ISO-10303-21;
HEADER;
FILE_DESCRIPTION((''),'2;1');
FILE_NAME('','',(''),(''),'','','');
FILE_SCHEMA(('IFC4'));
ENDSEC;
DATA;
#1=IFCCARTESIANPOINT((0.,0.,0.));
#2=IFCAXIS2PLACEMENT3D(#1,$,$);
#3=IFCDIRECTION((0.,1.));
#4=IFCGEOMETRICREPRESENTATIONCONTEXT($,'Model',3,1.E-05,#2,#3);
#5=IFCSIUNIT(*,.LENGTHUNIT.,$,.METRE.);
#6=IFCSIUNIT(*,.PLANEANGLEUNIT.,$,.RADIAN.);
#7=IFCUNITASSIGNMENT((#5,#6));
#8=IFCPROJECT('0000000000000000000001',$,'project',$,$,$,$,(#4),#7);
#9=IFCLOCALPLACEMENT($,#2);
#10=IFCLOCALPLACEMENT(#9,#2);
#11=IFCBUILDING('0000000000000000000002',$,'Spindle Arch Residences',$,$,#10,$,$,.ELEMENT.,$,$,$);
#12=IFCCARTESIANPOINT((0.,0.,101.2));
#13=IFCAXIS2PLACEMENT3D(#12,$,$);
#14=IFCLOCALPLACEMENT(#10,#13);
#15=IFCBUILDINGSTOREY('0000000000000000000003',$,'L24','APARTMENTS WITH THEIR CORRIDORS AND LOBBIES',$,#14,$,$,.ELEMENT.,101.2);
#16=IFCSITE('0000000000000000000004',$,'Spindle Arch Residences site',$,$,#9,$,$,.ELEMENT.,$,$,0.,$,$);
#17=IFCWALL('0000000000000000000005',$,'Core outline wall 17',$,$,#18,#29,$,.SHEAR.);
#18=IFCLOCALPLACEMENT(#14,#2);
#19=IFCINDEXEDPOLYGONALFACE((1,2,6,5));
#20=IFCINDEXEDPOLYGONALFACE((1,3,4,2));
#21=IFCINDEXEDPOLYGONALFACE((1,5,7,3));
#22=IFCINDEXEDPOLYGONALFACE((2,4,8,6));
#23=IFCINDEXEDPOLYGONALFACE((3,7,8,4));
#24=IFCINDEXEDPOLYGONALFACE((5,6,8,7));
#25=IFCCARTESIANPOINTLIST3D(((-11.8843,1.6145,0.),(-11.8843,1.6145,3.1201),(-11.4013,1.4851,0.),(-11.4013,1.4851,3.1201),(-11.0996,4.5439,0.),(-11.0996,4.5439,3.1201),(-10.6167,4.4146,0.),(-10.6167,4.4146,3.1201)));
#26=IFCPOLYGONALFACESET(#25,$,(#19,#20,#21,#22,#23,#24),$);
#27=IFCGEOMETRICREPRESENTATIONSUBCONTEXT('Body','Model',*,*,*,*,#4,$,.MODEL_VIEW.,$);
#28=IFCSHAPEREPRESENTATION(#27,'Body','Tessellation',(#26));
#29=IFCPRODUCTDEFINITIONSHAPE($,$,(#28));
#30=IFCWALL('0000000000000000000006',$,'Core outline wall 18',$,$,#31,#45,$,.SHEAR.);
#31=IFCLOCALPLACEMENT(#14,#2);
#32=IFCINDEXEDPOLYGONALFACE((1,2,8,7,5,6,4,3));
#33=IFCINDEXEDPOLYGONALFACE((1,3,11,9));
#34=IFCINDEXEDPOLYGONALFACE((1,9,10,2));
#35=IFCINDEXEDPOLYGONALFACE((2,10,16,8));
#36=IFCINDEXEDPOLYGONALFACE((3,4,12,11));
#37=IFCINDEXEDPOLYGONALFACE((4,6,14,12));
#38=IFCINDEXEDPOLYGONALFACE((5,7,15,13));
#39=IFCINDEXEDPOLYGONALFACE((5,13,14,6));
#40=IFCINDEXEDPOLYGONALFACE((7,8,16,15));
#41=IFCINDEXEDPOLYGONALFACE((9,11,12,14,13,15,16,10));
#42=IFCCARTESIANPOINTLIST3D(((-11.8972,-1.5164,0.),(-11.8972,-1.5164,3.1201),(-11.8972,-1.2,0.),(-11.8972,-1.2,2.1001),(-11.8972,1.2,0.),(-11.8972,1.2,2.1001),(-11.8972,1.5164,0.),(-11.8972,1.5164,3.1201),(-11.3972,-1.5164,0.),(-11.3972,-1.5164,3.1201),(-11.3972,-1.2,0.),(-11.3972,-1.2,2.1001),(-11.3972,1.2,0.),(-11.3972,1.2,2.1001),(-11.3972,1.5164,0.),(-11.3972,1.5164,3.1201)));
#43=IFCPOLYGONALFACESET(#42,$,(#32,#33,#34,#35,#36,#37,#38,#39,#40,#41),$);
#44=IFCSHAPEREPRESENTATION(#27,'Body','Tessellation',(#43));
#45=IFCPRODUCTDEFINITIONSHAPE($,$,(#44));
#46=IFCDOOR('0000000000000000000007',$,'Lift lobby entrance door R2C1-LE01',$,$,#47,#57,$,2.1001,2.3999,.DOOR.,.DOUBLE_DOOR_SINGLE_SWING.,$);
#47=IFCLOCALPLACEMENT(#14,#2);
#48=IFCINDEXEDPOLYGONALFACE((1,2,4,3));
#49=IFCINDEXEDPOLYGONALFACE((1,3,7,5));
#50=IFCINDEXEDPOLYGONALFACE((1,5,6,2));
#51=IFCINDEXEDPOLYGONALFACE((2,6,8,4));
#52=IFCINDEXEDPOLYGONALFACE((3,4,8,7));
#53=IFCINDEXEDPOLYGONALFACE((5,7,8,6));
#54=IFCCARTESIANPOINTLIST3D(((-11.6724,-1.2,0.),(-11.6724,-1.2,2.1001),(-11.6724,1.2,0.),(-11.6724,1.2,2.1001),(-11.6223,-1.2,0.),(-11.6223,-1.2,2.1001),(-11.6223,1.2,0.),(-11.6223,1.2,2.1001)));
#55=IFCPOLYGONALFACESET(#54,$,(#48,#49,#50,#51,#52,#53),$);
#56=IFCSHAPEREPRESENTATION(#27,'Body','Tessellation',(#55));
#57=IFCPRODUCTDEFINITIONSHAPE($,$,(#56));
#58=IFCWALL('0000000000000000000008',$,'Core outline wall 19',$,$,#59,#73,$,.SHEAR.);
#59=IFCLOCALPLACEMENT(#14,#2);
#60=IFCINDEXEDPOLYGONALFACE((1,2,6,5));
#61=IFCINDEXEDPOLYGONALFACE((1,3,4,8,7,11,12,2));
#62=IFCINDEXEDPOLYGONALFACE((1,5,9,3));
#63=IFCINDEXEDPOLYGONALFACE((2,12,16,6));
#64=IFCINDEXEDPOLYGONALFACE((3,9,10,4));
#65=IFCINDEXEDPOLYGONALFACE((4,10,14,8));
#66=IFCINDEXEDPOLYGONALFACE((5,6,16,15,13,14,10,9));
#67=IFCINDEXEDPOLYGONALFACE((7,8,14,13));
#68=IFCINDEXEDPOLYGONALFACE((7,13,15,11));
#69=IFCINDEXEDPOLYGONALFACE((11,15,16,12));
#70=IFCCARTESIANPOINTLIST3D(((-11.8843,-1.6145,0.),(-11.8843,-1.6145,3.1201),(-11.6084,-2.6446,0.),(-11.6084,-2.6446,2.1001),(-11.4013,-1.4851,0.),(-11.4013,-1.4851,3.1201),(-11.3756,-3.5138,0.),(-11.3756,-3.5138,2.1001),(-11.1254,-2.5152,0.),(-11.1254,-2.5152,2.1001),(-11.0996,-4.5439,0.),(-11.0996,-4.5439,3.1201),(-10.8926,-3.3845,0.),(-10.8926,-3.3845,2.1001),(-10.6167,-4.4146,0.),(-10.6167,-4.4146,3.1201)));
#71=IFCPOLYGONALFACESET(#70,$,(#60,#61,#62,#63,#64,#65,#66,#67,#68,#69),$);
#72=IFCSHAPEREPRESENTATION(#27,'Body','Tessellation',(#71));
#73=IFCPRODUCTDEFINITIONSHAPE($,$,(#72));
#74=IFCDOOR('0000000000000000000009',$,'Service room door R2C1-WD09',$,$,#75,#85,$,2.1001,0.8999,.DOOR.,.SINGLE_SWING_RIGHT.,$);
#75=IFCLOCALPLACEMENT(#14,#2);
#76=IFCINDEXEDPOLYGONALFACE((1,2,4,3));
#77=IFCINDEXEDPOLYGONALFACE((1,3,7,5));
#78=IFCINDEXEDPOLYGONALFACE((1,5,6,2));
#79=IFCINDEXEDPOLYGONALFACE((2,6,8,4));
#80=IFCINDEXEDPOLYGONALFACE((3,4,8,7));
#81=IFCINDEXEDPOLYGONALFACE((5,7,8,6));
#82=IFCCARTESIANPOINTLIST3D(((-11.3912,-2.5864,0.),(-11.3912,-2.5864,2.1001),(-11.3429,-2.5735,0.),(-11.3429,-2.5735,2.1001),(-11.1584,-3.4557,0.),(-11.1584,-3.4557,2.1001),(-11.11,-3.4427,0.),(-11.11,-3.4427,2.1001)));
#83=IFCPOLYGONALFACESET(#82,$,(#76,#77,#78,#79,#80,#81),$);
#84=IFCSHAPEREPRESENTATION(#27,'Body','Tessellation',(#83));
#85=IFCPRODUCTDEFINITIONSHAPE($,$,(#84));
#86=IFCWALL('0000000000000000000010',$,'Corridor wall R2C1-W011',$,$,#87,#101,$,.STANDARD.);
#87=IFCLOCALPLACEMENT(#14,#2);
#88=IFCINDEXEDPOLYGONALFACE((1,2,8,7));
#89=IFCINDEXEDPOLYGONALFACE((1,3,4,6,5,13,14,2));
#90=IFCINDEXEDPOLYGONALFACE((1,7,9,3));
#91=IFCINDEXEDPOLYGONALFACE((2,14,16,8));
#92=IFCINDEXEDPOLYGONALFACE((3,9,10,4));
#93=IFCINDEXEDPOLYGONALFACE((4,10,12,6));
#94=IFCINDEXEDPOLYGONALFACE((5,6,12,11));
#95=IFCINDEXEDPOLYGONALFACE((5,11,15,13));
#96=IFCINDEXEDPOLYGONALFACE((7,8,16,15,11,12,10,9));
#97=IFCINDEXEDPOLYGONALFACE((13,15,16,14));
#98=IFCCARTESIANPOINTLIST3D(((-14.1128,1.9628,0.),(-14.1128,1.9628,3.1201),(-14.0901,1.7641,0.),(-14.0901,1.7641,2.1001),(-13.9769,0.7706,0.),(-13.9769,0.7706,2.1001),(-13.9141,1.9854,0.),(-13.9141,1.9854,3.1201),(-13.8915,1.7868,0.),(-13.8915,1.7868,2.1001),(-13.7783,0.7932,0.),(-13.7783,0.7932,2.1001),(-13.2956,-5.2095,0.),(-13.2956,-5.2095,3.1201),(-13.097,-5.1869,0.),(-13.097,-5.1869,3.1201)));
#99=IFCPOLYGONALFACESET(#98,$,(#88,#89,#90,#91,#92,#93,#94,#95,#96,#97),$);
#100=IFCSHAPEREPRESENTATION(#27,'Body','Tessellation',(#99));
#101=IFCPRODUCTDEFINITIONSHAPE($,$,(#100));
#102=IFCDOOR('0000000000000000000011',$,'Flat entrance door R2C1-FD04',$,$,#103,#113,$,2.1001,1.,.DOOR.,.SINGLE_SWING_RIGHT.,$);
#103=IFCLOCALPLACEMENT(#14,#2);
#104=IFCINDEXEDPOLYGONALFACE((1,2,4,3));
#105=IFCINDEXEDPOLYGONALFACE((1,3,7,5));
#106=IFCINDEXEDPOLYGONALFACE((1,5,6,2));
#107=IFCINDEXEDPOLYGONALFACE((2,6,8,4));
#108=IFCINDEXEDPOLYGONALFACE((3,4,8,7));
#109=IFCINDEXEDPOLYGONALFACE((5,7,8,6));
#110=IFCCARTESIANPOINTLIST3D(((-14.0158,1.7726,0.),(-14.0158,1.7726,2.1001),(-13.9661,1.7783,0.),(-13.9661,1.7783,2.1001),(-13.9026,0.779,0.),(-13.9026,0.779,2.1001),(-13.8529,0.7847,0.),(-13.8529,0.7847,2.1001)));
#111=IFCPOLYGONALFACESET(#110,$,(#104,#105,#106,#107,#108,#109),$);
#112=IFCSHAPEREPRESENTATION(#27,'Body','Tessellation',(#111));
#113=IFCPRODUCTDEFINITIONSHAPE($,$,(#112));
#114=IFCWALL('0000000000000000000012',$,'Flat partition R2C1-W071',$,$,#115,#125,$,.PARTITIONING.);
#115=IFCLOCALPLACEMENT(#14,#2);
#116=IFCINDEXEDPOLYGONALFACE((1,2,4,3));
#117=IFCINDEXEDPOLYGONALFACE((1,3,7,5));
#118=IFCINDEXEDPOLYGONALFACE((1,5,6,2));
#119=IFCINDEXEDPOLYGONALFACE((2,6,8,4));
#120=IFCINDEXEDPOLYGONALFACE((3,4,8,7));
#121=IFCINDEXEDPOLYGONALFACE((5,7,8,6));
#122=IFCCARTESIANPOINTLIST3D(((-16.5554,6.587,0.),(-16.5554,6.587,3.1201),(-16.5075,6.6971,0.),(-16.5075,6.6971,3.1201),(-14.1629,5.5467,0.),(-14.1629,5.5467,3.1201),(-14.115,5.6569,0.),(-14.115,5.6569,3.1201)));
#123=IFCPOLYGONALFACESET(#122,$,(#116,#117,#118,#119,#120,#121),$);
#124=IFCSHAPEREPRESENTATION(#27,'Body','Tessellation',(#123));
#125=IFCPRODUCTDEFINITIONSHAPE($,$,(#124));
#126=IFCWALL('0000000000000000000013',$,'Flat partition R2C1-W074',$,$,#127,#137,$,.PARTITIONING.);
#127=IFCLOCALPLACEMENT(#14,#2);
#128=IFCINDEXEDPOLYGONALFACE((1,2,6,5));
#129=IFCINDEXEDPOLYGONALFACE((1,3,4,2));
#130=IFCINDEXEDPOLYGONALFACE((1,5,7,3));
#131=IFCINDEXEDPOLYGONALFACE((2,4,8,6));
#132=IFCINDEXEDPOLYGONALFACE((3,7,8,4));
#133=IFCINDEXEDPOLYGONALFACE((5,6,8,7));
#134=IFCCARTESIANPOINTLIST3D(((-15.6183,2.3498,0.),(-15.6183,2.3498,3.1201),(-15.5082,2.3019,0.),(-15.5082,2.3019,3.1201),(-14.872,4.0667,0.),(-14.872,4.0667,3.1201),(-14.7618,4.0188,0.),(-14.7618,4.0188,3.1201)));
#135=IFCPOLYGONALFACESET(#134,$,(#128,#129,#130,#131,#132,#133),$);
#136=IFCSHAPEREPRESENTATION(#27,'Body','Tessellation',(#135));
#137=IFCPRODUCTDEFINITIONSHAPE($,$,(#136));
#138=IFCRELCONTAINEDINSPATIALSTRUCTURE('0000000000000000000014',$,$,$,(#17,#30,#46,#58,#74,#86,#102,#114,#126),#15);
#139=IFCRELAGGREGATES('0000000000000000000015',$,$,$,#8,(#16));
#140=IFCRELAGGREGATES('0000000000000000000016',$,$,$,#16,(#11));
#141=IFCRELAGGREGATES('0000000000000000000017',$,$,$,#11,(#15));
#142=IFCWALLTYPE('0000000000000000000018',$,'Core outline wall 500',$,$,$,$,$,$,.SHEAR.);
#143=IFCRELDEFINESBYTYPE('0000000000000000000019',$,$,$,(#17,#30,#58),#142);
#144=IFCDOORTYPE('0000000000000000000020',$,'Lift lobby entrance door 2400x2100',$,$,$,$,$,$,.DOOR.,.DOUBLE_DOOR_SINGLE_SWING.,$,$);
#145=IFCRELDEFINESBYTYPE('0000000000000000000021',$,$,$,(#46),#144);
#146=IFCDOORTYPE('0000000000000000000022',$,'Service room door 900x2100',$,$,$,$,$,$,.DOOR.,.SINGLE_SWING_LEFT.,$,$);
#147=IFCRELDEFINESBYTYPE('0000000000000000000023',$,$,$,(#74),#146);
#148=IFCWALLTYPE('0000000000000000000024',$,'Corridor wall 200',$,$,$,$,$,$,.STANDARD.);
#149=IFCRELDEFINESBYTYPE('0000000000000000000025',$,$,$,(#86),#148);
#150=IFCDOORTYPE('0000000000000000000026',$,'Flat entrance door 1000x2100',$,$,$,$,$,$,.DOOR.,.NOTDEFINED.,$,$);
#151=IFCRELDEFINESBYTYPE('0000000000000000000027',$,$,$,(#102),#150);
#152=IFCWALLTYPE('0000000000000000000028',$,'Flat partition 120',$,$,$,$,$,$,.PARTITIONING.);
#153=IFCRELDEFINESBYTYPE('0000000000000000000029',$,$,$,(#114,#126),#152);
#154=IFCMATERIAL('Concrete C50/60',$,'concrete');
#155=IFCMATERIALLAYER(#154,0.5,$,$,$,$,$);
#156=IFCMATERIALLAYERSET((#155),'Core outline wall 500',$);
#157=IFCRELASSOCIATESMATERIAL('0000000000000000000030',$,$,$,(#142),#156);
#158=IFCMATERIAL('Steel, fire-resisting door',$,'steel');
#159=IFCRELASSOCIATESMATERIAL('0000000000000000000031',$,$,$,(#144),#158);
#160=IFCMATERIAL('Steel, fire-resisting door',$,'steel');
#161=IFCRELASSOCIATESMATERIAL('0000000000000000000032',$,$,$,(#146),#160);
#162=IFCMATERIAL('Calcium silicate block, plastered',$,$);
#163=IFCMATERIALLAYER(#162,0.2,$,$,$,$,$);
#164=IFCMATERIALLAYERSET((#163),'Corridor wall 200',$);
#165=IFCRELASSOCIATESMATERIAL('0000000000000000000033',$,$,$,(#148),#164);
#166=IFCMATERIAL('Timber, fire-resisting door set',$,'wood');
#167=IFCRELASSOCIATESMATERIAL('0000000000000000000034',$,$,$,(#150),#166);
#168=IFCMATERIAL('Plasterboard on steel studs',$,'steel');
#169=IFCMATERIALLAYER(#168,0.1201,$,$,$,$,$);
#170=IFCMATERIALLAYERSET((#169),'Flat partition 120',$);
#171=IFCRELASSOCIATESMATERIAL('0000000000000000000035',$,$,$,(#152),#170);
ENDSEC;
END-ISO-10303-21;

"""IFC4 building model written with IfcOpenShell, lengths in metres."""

from ifc_helpers import new_model, si_unit, direction, frame, frame_2d, origin, place, context, subcontext, project, spatial, rectangle, extrude, material, layer, layer_set, type_object, element, fill, save


model = new_model("IFC4")

# Units and contexts
model_context = context("Model", 3, precision=1e-05, world=origin(), true_north=direction((0.0, 1.0)))
body_context = subcontext(model_context, "Body", "Model", "MODEL_VIEW")
ifc_project = project(units=[si_unit("LENGTHUNIT", "METRE"), si_unit("PLANEANGLEUNIT", "RADIAN")], contexts=[model_context])

# Site, building, storey
site_placement = place(None, origin())
site = spatial("IfcSite", under=ifc_project, at=site_placement, Name="Spindle Arch Residences site", CompositionType="ELEMENT", RefElevation=0.0)
building_placement = place(site_placement, origin())
building = spatial("IfcBuilding", under=site, at=building_placement, Name="Spindle Arch Residences", CompositionType="ELEMENT")
storey_placement = place(building_placement, frame((0.0, 0.0, 101.2)))
storey = spatial("IfcBuildingStorey", under=building, at=storey_placement, Name="L24", Description="APARTMENTS WITH THEIR CORRIDORS AND LOBBIES", CompositionType="ELEMENT", Elevation=101.2)

# Wall
ifc_material_1 = material(Name="Concrete C50/60", Category="concrete")
ifc_layer_1 = layer(ifc_material_1, 0.5)
ifc_layer_set_1 = layer_set([ifc_layer_1], Name="Core outline wall 500")
wall_type_1 = type_object("IfcWallType", Name="Core outline wall 500", PredefinedType="SHEAR", material=ifc_layer_set_1)
wall_1_placement = place(storey_placement, frame((-10.8582, 4.4792, 0.0), z_axis=(0.0, 0.0, 1.0), x_axis=(-0.258735, -0.965948, 0.0)))
element("IfcWall", 1, at=wall_1_placement, inside=storey, type_object=wall_type_1, Name="Core outline wall 17", PredefinedType="SHEAR", context=body_context, shape_type="SweptSolid", body=[
    extrude(rectangle(XDim=3.0327, YDim=0.5, at=frame_2d((1.5164, 0.0))), origin(), (0.0, 0.0, 1.0), 3.1201),
])

# Walls, openings, doors
wall_2_placement = place(storey_placement, frame((-11.6472, 1.5164, 0.0), z_axis=(0.0, 0.0, 1.0), x_axis=(0.0, -1.0, 0.0)))
wall_2 = element("IfcWall", 2, at=wall_2_placement, inside=storey, type_object=wall_type_1, Name="Core outline wall 18", PredefinedType="SHEAR", context=body_context, shape_type="SweptSolid", body=[
    extrude(rectangle(XDim=3.0327, YDim=0.5, at=frame_2d((1.5164, 0.0))), origin(), (0.0, 0.0, 1.0), 3.1201),
])
opening_1_placement = place(wall_2_placement, frame((0.3164, 0.0, 0.0)))
opening_1 = element("IfcOpeningElement", 3, at=opening_1_placement, cuts=wall_2, PredefinedType="OPENING", context=body_context, shape_type="SweptSolid", body=[
    extrude(rectangle(XDim=2.3999, YDim=2.1001, at=frame_2d((1.2, 1.05))), frame((0.0, 0.26, 0.0), z_axis=(0.0, -1.0, 0.0), x_axis=(1.0, 0.0, 0.0)), (0.0, 0.0, 1.0), 0.52),
])
ifc_material_2 = material(Name="Steel, fire-resisting door", Category="steel")
door_type_1 = type_object("IfcDoorType", Name="Lift lobby entrance door 2400x2100", OperationType="DOUBLE_DOOR_SINGLE_SWING", PredefinedType="DOOR", material=ifc_material_2)
door_1_placement = place(opening_1_placement, origin())
door_1 = element("IfcDoor", 4, at=door_1_placement, inside=storey, type_object=door_type_1, Name="Lift lobby entrance door R2C1-LE01", OperationType="DOUBLE_DOOR_SINGLE_SWING", OverallHeight=2.1001, OverallWidth=2.3999, PredefinedType="DOOR", context=body_context, shape_type="SweptSolid", body=[
    extrude(rectangle(XDim=2.3999, YDim=2.1001, at=frame_2d((1.2, 1.05))), frame((0.0, 0.0249, 0.0), z_axis=(0.0, -1.0, 0.0), x_axis=(1.0, 0.0, 0.0)), (0.0, 0.0, 1.0), 0.05),
])
fill(opening_1, door_1)
wall_3_placement = place(storey_placement, frame((-11.6428, -1.5498, 0.0), z_axis=(0.0, 0.0, 1.0), x_axis=(0.258735, -0.965948, 0.0)))
wall_3 = element("IfcWall", 5, at=wall_3_placement, inside=storey, type_object=wall_type_1, Name="Core outline wall 19", PredefinedType="SHEAR", context=body_context, shape_type="SweptSolid", body=[
    extrude(rectangle(XDim=3.0327, YDim=0.5, at=frame_2d((1.5164, 0.0))), origin(), (0.0, 0.0, 1.0), 3.1201),
])
opening_2_placement = place(wall_3_placement, frame((1.0664, 0.0, 0.0)))
opening_2 = element("IfcOpeningElement", 6, at=opening_2_placement, cuts=wall_3, PredefinedType="OPENING", context=body_context, shape_type="SweptSolid", body=[
    extrude(rectangle(XDim=0.8999, YDim=2.1001, at=frame_2d((0.45, 1.05))), frame((0.0, 0.26, 0.0), z_axis=(0.0, -1.0, 0.0), x_axis=(1.0, 0.0, 0.0)), (0.0, 0.0, 1.0), 0.52),
])
ifc_material_3 = material(Name="Steel, fire-resisting door", Category="steel")
door_type_2 = type_object("IfcDoorType", Name="Service room door 900x2100", OperationType="SINGLE_SWING_LEFT", PredefinedType="DOOR", material=ifc_material_3)
door_2_placement = place(opening_2_placement, origin())
door_2 = element("IfcDoor", 7, at=door_2_placement, inside=storey, type_object=door_type_2, Name="Service room door R2C1-WD09", OperationType="SINGLE_SWING_RIGHT", OverallHeight=2.1001, OverallWidth=0.8999, PredefinedType="DOOR", context=body_context, shape_type="SweptSolid", body=[
    extrude(rectangle(XDim=0.8999, YDim=2.1001, at=frame_2d((0.45, 1.05))), frame((0.0, 0.0249, 0.0), z_axis=(0.0, -1.0, 0.0), x_axis=(1.0, 0.0, 0.0)), (0.0, 0.0, 1.0), 0.05),
])
fill(opening_2, door_2)
ifc_material_4 = material(Name="Calcium silicate block, plastered")
ifc_layer_2 = layer(ifc_material_4, 0.2)
ifc_layer_set_2 = layer_set([ifc_layer_2], Name="Corridor wall 200")
wall_type_2 = type_object("IfcWallType", Name="Corridor wall 200", PredefinedType="STANDARD", material=ifc_layer_set_2)
wall_4_placement = place(storey_placement, frame((-14.0134, 1.9741, 0.0), z_axis=(0.0, 0.0, 1.0), x_axis=(0.113197, -0.993573, 0.0)))
wall_4 = element("IfcWall", 8, at=wall_4_placement, inside=storey, type_object=wall_type_2, Name="Corridor wall R2C1-W011", PredefinedType="STANDARD", context=body_context, shape_type="SweptSolid", body=[
    extrude(rectangle(XDim=7.2188, YDim=0.2, at=frame_2d((3.6094, 0.0))), origin(), (0.0, 0.0, 1.0), 3.1201),
])
opening_3_placement = place(wall_4_placement, frame((0.2, 0.0, 0.0)))
opening_3 = element("IfcOpeningElement", 9, at=opening_3_placement, cuts=wall_4, PredefinedType="OPENING", context=body_context, shape_type="SweptSolid", body=[
    extrude(rectangle(XDim=1.0, YDim=2.1001, at=frame_2d((0.5, 1.05))), frame((0.0, 0.1099, 0.0), z_axis=(0.0, -1.0, 0.0), x_axis=(1.0, 0.0, 0.0)), (0.0, 0.0, 1.0), 0.22),
])
ifc_material_5 = material(Name="Timber, fire-resisting door set", Category="wood")
door_type_3 = type_object("IfcDoorType", Name="Flat entrance door 1000x2100", OperationType="NOTDEFINED", PredefinedType="DOOR", material=ifc_material_5)
door_3_placement = place(opening_3_placement, origin())
door_3 = element("IfcDoor", 10, at=door_3_placement, inside=storey, type_object=door_type_3, Name="Flat entrance door R2C1-FD04", OperationType="SINGLE_SWING_RIGHT", OverallHeight=2.1001, OverallWidth=1.0, PredefinedType="DOOR", context=body_context, shape_type="SweptSolid", body=[
    extrude(rectangle(XDim=1.0, YDim=2.1001, at=frame_2d((0.5, 1.05))), frame((0.0, 0.0249, 0.0), z_axis=(0.0, -1.0, 0.0), x_axis=(1.0, 0.0, 0.0)), (0.0, 0.0, 1.0), 0.05),
])
fill(opening_3, door_3)

# Walls
ifc_material_6 = material(Name="Plasterboard on steel studs", Category="steel")
ifc_layer_3 = layer(ifc_material_6, 0.1201)
ifc_layer_set_3 = layer_set([ifc_layer_3], Name="Flat partition 120")
wall_type_3 = type_object("IfcWallType", Name="Flat partition 120", PredefinedType="PARTITIONING", material=ifc_layer_set_3)
wall_5_placement = place(storey_placement, frame((-14.1389, 5.6018, 0.0), z_axis=(0.0, 0.0, 1.0), x_axis=(-0.917066, 0.398736, 0.0)))
element("IfcWall", 11, at=wall_5_placement, inside=storey, type_object=wall_type_3, Name="Flat partition R2C1-W071", PredefinedType="PARTITIONING", context=body_context, shape_type="SweptSolid", body=[
    extrude(rectangle(XDim=2.6089, YDim=0.1201, at=frame_2d((1.3044, 0.0))), origin(), (0.0, 0.0, 1.0), 3.1201),
])
wall_6_placement = place(storey_placement, frame((-14.8169, 4.0427, 0.0), z_axis=(0.0, 0.0, 1.0), x_axis=(-0.398683, -0.917089, 0.0)))
element("IfcWall", 12, at=wall_6_placement, inside=storey, type_object=wall_type_3, Name="Flat partition R2C1-W074", PredefinedType="PARTITIONING", context=body_context, shape_type="SweptSolid", body=[
    extrude(rectangle(XDim=1.8721, YDim=0.1201, at=frame_2d((0.936, 0.0))), origin(), (0.0, 0.0, 1.0), 3.1201),
])

save(model, "model.ifc")
